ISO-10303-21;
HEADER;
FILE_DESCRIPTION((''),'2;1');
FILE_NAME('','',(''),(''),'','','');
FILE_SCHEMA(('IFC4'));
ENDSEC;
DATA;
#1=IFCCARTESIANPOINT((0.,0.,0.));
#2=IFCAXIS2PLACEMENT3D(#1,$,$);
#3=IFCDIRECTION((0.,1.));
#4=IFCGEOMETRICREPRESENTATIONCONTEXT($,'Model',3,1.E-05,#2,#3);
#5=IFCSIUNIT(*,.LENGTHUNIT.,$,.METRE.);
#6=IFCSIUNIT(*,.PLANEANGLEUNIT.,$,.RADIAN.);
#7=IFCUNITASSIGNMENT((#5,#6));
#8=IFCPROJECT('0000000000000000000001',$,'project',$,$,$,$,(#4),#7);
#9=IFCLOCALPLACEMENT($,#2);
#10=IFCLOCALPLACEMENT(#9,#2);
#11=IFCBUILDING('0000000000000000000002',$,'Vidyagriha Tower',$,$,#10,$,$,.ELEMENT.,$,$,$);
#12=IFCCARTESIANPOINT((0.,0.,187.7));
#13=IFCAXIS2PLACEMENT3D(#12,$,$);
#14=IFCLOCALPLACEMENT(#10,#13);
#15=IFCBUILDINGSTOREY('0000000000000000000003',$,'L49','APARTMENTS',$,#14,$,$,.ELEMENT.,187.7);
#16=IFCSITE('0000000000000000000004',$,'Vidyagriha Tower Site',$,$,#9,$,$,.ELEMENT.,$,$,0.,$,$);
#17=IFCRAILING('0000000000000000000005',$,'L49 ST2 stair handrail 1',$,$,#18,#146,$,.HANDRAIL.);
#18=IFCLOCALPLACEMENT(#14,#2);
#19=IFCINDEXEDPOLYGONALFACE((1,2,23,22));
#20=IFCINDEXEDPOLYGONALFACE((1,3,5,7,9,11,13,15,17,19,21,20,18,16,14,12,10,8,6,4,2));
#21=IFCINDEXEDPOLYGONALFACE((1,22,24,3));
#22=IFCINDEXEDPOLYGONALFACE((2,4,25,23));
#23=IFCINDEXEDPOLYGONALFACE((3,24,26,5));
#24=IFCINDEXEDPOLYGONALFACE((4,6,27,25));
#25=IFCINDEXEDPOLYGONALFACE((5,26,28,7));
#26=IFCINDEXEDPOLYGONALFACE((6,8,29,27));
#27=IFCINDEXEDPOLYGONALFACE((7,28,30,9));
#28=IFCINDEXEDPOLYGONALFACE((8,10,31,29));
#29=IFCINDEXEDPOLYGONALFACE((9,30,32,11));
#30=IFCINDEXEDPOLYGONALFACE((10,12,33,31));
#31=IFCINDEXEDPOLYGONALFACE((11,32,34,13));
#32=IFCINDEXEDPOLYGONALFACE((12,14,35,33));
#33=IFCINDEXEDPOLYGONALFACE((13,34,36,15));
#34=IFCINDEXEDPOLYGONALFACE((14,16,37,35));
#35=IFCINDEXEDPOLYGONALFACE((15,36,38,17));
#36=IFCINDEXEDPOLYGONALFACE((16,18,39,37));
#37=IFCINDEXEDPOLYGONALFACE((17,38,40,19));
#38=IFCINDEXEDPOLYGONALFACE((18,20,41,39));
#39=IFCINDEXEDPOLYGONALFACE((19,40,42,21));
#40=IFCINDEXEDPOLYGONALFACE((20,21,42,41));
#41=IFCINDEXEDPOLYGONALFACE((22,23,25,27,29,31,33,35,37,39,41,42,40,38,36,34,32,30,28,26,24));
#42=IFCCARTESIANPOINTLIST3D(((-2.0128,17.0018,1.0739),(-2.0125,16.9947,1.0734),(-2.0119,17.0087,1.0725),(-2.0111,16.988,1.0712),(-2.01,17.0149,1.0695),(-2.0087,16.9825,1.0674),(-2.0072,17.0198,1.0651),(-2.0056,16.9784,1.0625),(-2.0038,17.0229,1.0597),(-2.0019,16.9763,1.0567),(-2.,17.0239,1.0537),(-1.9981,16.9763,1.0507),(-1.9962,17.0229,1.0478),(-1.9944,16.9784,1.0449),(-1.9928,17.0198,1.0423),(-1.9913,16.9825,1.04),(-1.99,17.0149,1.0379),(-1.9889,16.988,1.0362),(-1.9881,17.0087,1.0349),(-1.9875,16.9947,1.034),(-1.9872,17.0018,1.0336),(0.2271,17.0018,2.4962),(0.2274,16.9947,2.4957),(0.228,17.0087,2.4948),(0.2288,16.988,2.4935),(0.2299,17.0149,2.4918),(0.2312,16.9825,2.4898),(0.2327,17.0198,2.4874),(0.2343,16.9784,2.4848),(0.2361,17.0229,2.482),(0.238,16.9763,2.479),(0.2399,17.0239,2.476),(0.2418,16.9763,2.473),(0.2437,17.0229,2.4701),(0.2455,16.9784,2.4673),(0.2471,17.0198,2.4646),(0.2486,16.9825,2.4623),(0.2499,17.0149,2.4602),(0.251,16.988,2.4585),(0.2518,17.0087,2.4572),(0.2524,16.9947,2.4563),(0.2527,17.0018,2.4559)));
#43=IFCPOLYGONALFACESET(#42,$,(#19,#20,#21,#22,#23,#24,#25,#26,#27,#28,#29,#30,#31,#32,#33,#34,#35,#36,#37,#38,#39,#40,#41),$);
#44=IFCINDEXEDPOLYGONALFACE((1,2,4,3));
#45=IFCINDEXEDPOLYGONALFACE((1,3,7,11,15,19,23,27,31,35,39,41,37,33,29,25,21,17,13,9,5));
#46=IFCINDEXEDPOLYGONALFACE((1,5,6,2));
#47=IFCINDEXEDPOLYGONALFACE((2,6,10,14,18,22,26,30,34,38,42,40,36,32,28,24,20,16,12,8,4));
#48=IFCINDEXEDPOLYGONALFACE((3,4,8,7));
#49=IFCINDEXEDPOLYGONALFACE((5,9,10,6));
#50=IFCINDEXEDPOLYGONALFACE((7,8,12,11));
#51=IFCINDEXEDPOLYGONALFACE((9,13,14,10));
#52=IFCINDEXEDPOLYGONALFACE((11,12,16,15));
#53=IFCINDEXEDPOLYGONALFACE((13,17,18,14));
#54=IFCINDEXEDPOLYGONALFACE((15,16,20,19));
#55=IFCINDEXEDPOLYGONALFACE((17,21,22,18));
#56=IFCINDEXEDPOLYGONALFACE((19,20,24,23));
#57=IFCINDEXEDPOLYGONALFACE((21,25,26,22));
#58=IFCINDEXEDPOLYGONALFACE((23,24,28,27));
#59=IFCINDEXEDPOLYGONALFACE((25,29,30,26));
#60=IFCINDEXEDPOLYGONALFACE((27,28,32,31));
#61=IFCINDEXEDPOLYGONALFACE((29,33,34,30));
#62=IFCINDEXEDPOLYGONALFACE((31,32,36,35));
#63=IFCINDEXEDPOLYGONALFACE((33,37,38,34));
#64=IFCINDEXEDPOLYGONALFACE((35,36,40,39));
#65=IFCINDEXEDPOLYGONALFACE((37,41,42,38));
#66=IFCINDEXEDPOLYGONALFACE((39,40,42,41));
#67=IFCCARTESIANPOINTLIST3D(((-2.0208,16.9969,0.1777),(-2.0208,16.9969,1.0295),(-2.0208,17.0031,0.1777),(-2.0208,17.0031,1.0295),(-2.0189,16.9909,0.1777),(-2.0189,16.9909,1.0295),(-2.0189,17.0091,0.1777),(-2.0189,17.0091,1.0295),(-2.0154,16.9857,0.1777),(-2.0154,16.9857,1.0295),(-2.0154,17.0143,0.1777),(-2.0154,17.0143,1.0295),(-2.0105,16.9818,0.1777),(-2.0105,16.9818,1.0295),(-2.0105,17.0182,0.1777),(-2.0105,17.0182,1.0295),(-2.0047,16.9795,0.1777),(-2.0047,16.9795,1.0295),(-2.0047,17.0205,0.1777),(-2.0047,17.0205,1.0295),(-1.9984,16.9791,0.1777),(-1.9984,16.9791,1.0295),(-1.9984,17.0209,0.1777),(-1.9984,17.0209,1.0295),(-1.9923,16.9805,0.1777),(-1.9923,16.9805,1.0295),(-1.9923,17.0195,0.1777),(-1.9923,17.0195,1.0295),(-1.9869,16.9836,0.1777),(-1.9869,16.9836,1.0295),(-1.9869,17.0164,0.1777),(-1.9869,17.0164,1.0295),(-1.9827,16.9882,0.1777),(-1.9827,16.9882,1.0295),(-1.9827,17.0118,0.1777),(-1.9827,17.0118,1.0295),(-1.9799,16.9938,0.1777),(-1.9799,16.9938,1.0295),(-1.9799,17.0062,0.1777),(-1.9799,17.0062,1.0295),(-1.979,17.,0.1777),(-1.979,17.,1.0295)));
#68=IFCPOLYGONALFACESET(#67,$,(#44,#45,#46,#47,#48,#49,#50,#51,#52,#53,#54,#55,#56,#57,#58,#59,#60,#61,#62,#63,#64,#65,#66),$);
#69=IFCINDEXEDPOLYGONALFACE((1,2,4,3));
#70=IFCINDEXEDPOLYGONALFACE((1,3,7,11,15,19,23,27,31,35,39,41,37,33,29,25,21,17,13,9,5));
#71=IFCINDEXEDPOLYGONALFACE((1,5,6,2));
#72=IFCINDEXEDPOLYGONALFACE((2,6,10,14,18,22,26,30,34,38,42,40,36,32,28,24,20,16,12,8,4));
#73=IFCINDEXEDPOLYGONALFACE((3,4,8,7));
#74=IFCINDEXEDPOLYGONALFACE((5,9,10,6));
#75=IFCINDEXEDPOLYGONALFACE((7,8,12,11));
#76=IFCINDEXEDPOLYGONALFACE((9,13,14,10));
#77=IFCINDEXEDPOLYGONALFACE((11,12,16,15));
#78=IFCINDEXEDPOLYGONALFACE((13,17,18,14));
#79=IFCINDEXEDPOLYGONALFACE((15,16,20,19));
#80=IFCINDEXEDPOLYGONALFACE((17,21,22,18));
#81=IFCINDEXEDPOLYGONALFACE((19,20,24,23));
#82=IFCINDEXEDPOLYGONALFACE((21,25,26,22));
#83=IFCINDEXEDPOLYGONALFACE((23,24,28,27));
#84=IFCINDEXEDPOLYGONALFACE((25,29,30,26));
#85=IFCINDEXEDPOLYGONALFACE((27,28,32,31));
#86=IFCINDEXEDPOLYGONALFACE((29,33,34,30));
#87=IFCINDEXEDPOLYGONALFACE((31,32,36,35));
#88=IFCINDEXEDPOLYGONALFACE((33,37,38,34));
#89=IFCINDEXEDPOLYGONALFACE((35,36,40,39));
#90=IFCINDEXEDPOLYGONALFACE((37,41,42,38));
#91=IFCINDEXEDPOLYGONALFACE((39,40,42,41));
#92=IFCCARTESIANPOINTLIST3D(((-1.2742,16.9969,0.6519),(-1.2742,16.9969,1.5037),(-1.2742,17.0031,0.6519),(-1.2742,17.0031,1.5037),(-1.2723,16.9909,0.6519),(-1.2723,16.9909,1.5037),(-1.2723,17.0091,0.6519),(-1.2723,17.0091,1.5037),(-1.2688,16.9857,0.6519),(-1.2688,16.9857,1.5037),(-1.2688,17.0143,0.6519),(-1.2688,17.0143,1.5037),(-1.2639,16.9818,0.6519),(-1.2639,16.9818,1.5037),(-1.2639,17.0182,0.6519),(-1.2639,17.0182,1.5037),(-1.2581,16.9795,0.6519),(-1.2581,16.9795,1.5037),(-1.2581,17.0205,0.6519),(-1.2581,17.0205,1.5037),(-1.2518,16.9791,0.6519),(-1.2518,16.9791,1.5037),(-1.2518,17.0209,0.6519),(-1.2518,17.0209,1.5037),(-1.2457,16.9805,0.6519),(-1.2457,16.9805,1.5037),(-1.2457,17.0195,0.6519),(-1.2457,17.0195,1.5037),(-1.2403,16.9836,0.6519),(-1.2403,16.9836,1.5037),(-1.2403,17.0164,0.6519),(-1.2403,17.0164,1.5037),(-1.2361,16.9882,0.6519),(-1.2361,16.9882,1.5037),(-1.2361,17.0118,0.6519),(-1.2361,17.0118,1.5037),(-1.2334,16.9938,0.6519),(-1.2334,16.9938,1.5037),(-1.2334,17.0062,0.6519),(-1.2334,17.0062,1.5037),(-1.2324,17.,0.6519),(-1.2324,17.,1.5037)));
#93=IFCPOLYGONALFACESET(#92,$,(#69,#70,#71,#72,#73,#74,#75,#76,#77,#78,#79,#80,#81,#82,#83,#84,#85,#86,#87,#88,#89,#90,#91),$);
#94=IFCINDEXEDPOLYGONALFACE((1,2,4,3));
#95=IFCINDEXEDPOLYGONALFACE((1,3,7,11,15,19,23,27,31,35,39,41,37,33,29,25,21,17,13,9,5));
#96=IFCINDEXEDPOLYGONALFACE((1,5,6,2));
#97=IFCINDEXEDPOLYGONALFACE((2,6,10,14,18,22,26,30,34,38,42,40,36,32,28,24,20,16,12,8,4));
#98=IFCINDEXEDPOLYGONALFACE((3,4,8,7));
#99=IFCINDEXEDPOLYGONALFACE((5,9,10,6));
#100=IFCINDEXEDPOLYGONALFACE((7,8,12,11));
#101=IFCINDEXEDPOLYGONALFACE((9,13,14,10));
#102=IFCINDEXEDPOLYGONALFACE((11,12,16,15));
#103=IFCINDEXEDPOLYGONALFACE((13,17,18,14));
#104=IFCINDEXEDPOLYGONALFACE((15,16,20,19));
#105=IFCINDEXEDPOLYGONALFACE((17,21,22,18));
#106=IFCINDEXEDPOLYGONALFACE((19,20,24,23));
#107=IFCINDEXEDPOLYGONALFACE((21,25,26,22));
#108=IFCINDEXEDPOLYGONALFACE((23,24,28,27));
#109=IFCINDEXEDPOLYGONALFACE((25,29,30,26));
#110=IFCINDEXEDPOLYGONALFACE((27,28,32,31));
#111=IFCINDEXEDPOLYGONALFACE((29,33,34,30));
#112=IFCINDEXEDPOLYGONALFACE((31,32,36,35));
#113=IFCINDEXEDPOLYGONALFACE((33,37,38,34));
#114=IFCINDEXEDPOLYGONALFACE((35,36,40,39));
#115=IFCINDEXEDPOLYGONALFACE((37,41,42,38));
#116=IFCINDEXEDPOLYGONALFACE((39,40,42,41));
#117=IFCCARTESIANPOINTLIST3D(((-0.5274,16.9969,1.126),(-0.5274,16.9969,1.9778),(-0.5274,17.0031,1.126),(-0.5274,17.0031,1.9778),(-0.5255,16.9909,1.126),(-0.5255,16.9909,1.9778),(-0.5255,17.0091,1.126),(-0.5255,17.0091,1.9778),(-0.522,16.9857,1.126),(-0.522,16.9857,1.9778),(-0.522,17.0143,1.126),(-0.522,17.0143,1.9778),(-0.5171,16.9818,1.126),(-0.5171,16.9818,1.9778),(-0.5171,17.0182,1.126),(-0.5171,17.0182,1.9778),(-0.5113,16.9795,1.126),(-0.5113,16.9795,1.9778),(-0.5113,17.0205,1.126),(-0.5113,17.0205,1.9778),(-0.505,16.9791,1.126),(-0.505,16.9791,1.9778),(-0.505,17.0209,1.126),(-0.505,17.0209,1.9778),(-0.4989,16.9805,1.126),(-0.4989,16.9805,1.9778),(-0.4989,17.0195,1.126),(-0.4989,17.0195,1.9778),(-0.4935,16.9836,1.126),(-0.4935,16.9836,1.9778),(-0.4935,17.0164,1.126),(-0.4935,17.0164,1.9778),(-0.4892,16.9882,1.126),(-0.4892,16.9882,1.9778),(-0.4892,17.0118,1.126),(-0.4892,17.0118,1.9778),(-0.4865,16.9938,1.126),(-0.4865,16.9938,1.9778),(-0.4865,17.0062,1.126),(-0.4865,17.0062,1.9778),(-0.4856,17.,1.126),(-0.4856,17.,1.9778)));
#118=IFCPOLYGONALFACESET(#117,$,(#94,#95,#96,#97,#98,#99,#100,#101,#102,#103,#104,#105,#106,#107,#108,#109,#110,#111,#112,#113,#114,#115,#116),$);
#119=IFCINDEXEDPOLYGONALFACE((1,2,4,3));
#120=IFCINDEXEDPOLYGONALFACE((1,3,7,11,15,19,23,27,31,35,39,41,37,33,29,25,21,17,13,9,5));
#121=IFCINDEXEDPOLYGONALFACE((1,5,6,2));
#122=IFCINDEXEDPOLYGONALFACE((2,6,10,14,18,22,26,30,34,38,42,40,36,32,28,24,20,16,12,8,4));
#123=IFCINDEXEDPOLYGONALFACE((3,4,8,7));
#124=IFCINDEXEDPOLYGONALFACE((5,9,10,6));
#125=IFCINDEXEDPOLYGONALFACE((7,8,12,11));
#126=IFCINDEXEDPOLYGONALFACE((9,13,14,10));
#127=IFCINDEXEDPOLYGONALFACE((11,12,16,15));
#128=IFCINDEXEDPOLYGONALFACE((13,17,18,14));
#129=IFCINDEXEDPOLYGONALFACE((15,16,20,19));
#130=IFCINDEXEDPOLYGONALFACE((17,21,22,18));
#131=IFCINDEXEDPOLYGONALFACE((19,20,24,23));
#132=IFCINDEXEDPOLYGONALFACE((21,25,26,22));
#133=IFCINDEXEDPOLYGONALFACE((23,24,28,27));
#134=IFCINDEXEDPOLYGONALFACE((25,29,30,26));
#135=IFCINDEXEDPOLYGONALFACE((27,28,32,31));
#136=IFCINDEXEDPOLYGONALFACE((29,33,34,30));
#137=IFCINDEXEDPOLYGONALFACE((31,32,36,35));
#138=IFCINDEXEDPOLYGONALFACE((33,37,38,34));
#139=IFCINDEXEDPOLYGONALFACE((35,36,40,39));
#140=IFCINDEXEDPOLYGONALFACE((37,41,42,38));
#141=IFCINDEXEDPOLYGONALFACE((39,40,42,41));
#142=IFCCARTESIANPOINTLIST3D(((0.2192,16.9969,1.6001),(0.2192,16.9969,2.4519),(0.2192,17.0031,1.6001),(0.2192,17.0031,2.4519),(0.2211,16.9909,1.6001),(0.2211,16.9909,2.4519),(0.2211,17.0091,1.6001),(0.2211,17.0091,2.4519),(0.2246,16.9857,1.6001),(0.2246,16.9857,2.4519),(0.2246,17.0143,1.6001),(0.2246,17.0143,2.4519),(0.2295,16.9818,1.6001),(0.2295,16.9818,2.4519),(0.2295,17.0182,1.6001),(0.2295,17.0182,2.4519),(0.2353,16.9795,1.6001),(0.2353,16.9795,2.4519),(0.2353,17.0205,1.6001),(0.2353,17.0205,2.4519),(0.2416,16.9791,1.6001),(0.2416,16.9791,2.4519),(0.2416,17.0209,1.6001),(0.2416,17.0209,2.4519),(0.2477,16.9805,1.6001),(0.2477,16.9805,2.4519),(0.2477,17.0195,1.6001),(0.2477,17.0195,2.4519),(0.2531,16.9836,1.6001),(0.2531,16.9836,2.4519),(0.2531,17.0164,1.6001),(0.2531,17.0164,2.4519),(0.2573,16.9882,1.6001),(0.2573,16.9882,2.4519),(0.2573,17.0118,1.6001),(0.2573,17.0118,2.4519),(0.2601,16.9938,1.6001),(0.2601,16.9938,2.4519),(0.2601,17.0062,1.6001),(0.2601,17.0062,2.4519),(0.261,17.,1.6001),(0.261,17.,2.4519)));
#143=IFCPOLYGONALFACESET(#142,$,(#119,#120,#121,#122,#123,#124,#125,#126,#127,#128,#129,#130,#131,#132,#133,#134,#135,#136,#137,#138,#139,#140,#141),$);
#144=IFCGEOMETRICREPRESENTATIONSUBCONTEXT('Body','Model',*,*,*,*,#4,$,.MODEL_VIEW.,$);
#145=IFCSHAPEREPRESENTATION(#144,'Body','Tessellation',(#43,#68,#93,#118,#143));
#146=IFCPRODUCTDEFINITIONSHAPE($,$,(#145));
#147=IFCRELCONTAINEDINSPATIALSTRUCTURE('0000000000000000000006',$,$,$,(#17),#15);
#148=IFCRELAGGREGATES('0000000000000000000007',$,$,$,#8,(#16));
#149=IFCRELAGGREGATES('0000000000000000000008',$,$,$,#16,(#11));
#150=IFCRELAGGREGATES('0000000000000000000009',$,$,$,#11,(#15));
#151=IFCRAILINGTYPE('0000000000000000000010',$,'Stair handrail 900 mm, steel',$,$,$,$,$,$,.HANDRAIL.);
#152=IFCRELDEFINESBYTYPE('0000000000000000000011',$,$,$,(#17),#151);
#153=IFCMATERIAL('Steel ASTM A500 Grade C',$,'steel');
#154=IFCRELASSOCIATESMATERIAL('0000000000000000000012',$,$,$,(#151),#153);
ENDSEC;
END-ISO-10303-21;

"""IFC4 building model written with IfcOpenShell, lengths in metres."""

from ifc_helpers import new_model, si_unit, direction, frame, origin, origin_2d, place, context, subcontext, project, spatial, circle, extrude, material, type_object, element, save


model = new_model("IFC4")

# Units and contexts
model_context = context("Model", 3, precision=1e-05, world=origin(), true_north=direction((0.0, 1.0)))
body_context = subcontext(model_context, "Body", "Model", "MODEL_VIEW")
ifc_project = project(units=[si_unit("LENGTHUNIT", "METRE"), si_unit("PLANEANGLEUNIT", "RADIAN")], contexts=[model_context])

# Site, building, storey
site_placement = place(None, origin())
site = spatial("IfcSite", under=ifc_project, at=site_placement, Name="Vidyagriha Tower Site", CompositionType="ELEMENT", RefElevation=0.0)
building_placement = place(site_placement, origin())
building = spatial("IfcBuilding", under=site, at=building_placement, Name="Vidyagriha Tower", CompositionType="ELEMENT")
storey_placement = place(building_placement, frame((0.0, 0.0, 187.7)))
storey = spatial("IfcBuildingStorey", under=building, at=storey_placement, Name="L49", Description="APARTMENTS", CompositionType="ELEMENT", Elevation=187.7)

# Railing
ifc_material_1 = material(Name="Steel ASTM A500 Grade C", Category="steel")
railing_type_1 = type_object("IfcRailingType", Name="Stair handrail 900 mm, steel", PredefinedType="HANDRAIL", material=ifc_material_1)
railing_1_placement = place(storey_placement, frame((-2.0, 17.0, 0.1777)))
element("IfcRailing", 1, at=railing_1_placement, inside=storey, type_object=railing_type_1, Name="L49 ST2 stair handrail 1", PredefinedType="HANDRAIL", context=body_context, shape_type="SweptSolid", body=[
    extrude(circle(Radius=0.0239, at=origin_2d()), frame((0.0, 0.0, 0.876), z_axis=(0.844188, 0.0, 0.536048), x_axis=(0.0, 1.0, 0.0)), (0.0, 0.0, 1.0), 2.6533),
    extrude(circle(Radius=0.021, at=origin_2d()), origin(), (0.0, 0.0, 1.0), 0.8518),
    extrude(circle(Radius=0.021, at=origin_2d()), frame((0.7466, 0.0, 0.4741)), (0.0, 0.0, 1.0), 0.8518),
    extrude(circle(Radius=0.021, at=origin_2d()), frame((1.4934, 0.0, 0.9482)), (0.0, 0.0, 1.0), 0.8518),
    extrude(circle(Radius=0.021, at=origin_2d()), frame((2.24, 0.0, 1.4224)), (0.0, 0.0, 1.0), 0.8518),
])

save(model, "model.ifc")
